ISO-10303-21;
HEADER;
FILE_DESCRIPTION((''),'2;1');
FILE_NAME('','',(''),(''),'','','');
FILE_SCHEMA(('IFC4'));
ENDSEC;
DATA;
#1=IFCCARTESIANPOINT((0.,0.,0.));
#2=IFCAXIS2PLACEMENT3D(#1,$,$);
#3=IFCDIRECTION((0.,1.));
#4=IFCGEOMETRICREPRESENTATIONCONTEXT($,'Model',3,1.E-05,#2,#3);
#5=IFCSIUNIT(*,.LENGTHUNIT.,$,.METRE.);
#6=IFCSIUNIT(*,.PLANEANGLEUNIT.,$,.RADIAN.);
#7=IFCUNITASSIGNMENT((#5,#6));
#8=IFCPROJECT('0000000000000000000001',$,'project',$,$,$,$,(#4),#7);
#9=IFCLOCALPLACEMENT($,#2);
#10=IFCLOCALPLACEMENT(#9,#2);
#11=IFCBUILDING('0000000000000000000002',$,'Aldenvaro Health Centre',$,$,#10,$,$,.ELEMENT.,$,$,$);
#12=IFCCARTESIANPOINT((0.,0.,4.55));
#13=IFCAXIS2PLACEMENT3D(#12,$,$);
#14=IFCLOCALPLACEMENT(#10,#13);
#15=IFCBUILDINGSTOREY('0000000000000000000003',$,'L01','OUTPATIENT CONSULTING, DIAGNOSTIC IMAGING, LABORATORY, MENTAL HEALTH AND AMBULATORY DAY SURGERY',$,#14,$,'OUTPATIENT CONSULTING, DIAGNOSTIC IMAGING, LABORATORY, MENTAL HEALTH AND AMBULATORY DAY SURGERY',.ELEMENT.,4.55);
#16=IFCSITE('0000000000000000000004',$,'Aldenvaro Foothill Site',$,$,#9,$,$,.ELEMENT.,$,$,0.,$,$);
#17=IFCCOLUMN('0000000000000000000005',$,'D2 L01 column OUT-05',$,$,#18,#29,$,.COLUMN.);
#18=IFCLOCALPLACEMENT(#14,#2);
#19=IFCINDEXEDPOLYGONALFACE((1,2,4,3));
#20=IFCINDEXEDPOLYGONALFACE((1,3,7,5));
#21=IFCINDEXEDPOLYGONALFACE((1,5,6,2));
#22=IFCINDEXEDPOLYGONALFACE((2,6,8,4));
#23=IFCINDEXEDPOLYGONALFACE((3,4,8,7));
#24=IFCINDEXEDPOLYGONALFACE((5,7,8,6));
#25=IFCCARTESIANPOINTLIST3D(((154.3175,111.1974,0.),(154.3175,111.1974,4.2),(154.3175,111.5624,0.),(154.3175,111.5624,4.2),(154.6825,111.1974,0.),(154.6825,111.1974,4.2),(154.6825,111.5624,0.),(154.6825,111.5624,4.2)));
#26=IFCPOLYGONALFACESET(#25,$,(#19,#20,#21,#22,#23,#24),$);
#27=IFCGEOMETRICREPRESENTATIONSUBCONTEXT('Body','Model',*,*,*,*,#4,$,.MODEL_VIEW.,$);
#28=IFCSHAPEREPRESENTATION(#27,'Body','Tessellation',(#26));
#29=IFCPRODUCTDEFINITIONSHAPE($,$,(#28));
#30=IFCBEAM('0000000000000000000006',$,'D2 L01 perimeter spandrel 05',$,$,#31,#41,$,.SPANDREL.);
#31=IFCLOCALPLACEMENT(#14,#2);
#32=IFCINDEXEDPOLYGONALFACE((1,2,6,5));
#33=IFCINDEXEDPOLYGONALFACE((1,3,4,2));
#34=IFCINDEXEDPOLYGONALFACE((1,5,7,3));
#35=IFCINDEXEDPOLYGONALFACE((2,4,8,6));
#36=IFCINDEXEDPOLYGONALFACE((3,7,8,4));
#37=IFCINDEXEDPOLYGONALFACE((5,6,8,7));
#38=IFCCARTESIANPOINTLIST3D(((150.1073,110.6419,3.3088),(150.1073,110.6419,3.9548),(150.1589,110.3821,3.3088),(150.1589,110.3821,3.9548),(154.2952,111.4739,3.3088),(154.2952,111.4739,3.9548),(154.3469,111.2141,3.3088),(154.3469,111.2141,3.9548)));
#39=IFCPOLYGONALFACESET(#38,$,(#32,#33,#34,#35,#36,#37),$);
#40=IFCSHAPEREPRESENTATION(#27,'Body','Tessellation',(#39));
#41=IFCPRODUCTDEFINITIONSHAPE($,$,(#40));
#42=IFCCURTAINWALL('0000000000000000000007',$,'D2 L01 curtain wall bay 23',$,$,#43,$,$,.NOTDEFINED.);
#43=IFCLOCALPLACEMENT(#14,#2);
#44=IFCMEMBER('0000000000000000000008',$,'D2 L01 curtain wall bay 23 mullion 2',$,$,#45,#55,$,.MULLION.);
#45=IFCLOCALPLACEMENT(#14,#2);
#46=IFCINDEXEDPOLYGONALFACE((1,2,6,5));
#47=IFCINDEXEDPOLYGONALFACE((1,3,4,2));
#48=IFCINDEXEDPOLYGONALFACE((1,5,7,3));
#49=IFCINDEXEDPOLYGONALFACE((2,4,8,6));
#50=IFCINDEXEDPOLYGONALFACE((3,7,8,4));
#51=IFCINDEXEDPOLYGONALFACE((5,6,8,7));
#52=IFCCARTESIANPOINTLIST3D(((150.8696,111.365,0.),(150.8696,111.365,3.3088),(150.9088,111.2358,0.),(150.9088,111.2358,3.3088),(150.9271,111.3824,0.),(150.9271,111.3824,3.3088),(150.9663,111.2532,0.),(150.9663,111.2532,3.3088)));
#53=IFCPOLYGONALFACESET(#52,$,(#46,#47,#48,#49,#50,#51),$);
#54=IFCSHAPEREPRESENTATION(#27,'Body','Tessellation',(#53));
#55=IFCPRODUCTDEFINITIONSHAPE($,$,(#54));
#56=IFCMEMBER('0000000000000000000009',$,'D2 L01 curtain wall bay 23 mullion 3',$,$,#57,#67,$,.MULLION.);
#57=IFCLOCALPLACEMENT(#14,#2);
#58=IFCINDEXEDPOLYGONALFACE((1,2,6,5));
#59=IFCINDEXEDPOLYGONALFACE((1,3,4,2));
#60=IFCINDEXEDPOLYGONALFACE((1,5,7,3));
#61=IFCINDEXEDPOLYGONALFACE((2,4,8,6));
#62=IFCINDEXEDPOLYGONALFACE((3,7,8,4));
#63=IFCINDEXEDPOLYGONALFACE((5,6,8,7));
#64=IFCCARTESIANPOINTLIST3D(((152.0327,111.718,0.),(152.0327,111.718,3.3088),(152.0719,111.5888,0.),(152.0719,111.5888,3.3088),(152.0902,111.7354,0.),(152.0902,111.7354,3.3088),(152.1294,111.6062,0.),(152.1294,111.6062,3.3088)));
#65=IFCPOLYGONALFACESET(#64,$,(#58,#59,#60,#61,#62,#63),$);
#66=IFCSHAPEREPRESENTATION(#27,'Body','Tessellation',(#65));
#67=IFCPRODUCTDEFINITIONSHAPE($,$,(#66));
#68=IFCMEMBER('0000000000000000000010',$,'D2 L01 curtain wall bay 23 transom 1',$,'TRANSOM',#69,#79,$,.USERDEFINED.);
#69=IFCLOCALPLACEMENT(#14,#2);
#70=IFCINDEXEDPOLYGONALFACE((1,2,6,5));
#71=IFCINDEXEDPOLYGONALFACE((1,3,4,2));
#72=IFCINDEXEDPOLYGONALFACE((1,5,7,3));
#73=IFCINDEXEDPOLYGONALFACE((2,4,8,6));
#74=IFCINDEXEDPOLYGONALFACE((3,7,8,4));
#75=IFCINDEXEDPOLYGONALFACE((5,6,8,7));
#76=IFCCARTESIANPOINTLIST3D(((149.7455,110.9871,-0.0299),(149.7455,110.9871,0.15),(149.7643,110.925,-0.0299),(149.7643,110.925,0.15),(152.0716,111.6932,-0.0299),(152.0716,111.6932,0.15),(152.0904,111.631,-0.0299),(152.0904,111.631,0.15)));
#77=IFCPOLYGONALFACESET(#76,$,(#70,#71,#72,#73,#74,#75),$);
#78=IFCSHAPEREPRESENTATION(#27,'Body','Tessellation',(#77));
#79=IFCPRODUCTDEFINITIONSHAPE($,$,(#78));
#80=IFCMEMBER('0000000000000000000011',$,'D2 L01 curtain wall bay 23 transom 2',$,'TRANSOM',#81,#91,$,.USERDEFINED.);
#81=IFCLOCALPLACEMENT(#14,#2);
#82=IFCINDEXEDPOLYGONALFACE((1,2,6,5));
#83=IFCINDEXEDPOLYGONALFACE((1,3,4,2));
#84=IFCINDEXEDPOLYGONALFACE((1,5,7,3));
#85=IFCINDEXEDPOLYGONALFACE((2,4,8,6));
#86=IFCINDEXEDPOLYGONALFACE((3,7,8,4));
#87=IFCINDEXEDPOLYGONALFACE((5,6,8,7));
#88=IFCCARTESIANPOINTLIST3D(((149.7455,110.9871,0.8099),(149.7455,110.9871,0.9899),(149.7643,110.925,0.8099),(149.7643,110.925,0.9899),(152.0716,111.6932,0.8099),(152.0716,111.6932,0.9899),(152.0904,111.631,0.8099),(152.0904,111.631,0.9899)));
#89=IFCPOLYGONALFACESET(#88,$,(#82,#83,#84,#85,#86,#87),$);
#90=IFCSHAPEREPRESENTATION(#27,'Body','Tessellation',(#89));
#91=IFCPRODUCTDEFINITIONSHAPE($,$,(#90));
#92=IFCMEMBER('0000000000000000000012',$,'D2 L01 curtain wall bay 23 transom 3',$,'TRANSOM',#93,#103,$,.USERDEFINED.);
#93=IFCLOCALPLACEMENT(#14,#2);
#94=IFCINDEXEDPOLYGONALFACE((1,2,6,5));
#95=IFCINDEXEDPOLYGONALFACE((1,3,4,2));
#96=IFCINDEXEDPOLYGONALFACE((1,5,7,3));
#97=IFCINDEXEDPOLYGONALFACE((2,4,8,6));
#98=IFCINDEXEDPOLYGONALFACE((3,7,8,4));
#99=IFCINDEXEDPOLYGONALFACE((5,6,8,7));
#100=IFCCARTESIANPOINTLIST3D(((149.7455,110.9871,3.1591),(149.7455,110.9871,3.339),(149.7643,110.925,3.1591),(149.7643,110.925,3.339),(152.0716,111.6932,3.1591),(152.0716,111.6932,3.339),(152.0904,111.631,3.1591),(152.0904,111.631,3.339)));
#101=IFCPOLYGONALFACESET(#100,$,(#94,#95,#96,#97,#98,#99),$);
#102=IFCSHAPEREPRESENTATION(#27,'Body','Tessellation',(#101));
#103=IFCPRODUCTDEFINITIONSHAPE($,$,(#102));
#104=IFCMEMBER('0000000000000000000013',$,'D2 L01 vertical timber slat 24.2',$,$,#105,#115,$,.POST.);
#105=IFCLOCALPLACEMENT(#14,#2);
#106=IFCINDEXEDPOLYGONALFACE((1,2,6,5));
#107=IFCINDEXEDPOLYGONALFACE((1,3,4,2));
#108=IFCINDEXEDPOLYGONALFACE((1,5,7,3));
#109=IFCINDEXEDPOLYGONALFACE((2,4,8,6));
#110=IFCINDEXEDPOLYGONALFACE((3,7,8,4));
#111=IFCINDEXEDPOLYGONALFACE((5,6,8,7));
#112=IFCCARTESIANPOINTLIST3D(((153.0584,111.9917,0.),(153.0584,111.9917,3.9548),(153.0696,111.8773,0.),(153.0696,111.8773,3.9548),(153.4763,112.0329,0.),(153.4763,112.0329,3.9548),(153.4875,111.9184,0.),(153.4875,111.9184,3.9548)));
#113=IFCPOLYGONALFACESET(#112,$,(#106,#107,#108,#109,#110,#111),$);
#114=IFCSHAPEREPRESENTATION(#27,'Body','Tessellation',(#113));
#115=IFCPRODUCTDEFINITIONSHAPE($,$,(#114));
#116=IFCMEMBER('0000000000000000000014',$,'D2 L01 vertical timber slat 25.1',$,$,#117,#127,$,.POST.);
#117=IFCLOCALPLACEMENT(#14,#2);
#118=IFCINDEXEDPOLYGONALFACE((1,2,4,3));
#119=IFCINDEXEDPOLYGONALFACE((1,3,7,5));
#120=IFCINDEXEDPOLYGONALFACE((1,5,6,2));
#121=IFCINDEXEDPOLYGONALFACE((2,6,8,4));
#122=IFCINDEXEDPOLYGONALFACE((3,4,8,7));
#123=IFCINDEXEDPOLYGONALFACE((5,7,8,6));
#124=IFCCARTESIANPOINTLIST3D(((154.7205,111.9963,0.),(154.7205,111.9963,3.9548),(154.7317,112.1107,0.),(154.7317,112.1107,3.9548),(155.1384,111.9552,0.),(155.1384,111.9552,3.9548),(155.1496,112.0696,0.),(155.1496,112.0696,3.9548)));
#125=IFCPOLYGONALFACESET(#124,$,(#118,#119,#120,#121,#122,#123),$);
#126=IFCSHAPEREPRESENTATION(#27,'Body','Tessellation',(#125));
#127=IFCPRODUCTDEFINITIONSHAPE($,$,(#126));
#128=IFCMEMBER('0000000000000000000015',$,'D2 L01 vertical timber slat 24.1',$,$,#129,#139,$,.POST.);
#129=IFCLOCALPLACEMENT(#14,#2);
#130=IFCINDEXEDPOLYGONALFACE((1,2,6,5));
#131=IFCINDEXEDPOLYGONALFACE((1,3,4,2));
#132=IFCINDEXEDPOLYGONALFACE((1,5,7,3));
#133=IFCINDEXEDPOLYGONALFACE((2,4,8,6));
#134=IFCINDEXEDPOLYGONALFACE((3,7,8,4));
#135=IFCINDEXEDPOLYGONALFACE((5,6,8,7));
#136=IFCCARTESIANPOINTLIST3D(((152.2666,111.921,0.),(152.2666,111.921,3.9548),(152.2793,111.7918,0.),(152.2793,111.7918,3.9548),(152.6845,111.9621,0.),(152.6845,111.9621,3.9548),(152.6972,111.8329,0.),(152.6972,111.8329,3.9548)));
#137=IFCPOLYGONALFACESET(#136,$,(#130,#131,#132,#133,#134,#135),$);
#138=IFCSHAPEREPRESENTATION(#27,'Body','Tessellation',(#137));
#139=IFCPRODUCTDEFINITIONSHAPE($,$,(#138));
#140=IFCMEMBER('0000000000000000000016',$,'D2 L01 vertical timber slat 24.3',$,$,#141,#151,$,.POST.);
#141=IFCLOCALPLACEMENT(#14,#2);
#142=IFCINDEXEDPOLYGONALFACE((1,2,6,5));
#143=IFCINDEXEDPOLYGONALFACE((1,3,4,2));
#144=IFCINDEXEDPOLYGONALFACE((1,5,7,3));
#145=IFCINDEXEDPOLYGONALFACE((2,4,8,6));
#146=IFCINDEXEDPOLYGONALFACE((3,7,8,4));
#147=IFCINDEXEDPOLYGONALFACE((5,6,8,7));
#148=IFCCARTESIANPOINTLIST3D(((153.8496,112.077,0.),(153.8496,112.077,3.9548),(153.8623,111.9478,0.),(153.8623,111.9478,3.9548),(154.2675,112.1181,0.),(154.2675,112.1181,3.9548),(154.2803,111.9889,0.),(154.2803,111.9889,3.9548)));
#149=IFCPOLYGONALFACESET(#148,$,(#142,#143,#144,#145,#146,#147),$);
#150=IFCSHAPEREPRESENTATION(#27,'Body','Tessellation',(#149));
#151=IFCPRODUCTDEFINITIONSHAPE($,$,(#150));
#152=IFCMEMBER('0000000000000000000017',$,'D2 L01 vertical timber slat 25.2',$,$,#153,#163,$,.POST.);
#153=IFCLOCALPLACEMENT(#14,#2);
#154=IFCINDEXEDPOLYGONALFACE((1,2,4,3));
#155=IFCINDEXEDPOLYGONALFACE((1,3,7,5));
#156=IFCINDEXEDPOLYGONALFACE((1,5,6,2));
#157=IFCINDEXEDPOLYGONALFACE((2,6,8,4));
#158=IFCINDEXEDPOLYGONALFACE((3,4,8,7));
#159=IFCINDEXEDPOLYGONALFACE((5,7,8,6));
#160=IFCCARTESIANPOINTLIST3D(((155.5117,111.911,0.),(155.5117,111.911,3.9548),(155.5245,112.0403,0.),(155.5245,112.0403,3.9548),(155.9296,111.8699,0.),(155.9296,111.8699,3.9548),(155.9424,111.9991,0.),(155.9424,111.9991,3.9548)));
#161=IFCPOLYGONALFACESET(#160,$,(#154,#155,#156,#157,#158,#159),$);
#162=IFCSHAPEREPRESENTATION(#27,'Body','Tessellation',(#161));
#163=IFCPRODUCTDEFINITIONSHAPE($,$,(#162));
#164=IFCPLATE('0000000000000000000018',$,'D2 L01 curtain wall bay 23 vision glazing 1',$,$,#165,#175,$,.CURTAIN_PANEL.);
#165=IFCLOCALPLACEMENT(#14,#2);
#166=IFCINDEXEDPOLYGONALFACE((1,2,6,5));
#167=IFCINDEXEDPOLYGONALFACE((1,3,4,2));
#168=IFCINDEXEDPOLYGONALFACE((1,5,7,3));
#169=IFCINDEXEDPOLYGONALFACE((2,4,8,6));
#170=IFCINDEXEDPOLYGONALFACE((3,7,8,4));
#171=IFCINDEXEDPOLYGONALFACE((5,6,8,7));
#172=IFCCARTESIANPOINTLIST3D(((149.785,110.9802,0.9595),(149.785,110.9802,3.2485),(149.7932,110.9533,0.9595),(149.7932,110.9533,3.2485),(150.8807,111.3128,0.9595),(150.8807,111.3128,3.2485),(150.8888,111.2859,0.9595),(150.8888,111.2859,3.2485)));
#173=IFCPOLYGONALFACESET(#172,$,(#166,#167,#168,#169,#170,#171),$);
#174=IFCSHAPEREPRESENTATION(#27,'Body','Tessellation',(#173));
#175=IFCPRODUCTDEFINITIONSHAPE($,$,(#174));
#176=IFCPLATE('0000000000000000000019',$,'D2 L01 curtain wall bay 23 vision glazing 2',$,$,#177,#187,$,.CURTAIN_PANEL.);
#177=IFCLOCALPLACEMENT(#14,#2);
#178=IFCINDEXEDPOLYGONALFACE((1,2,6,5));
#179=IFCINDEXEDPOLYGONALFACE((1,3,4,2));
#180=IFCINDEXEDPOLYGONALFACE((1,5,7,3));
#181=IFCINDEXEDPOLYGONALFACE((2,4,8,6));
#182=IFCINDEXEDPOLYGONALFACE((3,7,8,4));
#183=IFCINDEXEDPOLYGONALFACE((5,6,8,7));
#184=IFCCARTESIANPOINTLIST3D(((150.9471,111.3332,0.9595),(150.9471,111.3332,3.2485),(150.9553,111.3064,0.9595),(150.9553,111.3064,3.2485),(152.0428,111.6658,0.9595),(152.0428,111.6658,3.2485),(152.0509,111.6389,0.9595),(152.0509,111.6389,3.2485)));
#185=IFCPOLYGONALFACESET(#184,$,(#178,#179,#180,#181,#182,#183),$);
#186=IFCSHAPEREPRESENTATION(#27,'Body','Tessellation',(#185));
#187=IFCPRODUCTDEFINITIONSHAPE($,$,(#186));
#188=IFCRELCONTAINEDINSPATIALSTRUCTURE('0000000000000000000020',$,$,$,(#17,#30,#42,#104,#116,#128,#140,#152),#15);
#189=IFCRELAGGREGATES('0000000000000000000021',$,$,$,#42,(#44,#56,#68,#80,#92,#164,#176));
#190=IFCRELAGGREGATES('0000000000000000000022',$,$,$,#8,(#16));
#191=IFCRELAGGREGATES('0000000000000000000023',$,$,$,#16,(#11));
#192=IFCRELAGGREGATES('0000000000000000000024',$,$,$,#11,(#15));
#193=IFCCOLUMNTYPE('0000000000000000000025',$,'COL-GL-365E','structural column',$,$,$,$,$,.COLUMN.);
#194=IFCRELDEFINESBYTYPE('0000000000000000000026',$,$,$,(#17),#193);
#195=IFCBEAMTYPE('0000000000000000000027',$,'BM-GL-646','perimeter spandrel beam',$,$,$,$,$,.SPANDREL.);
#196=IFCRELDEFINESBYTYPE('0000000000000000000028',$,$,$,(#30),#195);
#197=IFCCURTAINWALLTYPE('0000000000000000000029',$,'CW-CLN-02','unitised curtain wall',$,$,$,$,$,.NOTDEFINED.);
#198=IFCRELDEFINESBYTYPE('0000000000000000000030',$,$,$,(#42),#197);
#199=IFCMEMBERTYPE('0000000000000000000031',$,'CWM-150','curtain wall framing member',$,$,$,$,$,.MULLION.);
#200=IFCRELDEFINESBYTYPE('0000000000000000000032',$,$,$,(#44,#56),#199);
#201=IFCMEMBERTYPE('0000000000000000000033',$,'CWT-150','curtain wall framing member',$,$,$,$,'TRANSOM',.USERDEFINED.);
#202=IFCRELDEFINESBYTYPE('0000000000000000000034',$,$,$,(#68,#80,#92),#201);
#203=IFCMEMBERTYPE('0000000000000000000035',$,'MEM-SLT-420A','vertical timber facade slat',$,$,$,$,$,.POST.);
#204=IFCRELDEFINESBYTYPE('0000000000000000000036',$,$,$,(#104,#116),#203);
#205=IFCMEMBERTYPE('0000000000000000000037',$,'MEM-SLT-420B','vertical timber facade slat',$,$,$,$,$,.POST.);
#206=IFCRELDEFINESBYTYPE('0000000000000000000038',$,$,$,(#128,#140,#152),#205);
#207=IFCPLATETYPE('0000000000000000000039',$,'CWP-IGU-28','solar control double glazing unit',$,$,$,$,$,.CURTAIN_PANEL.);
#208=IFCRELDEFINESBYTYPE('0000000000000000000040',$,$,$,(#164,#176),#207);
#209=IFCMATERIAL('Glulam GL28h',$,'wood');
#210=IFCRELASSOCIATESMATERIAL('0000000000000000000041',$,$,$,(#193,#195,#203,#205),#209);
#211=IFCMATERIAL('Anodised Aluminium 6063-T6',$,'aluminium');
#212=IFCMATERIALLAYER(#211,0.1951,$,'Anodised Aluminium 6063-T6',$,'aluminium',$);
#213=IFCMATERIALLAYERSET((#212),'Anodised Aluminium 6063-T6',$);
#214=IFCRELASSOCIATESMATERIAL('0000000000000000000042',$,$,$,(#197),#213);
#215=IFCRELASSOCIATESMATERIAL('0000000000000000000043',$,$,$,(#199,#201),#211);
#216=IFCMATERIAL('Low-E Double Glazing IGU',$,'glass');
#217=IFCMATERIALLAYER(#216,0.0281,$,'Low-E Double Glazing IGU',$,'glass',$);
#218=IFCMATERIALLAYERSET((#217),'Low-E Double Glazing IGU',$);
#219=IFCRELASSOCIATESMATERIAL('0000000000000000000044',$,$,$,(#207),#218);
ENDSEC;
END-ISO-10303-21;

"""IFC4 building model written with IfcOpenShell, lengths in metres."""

from ifc_helpers import new_model, si_unit, direction, frame, origin, origin_2d, place, context, subcontext, project, spatial, rectangle, extrude, material, layer, layer_set, material_profile, profile_set, type_object, element, aggregate, save


model = new_model("IFC4")

# Units and contexts
model_context = context("Model", 3, precision=1e-05, world=origin(), true_north=direction((0.0, 1.0)))
body_context = subcontext(model_context, "Body", "Model", "MODEL_VIEW")
ifc_project = project(units=[si_unit("LENGTHUNIT", "METRE"), si_unit("PLANEANGLEUNIT", "RADIAN")], contexts=[model_context])

# Site, building, storey
site_placement = place(None, origin())
site = spatial("IfcSite", under=ifc_project, at=site_placement, Name="Aldenvaro Foothill Site", CompositionType="ELEMENT", RefElevation=0.0)
building_placement = place(site_placement, origin())
building = spatial("IfcBuilding", under=site, at=building_placement, Name="Aldenvaro Health Centre", CompositionType="ELEMENT")
storey_placement = place(building_placement, frame((0.0, 0.0, 4.55)))
storey = spatial("IfcBuildingStorey", under=building, at=storey_placement, Name="L01", Description="OUTPATIENT CONSULTING, DIAGNOSTIC IMAGING, LABORATORY, MENTAL HEALTH AND AMBULATORY DAY SURGERY", LongName="OUTPATIENT CONSULTING, DIAGNOSTIC IMAGING, LABORATORY, MENTAL HEALTH AND AMBULATORY DAY SURGERY", CompositionType="ELEMENT", Elevation=4.55)

# Column
ifc_material_1 = material(Name="Glulam GL28h", Category="wood")
ifc_material_profile_1 = material_profile(ifc_material_1, rectangle(XDim=0.365, YDim=0.365, at=origin_2d()), Name="GL 365x365", Category="wood")
ifc_profile_set_1 = profile_set([ifc_material_profile_1], Name="Glulam GL28h")
column_type = type_object("IfcColumnType", Name="COL-GL-365E", Description="structural column", PredefinedType="COLUMN", material=ifc_profile_set_1)
column_placement = place(storey_placement, frame((154.5, 111.3799, 0.0), z_axis=(0.0, 0.0, 1.0), x_axis=(1.0, 0.0, 0.0)))
element("IfcColumn", 1, at=column_placement, inside=storey, type_object=column_type, Name="D2 L01 column OUT-05", PredefinedType="COLUMN", context=body_context, shape_type="SweptSolid", body=[
    extrude(rectangle(XDim=0.365, YDim=0.365, at=origin_2d()), origin(), (0.0, 0.0, 1.0), 4.2),
])

# Beam
ifc_material_profile_2 = material_profile(ifc_material_1, rectangle(XDim=0.2649, YDim=0.646, at=origin_2d()), Name="GL 265x646", Category="wood")
ifc_profile_set_2 = profile_set([ifc_material_profile_2], Name="Glulam GL28h")
beam_type = type_object("IfcBeamType", Name="BM-GL-646", Description="perimeter spandrel beam", PredefinedType="SPANDREL", material=ifc_profile_set_2)
beam_placement = place(storey_placement, frame((154.321, 111.344, 3.6318), z_axis=(-0.980831, -0.194862, 0.0), x_axis=(0.194862, -0.980831, 0.0)))
element("IfcBeam", 2, at=beam_placement, inside=storey, type_object=beam_type, Name="D2 L01 perimeter spandrel 05", PredefinedType="SPANDREL", context=body_context, shape_type="SweptSolid", body=[
    extrude(rectangle(XDim=0.2649, YDim=0.646, at=origin_2d()), origin(), (0.0, 0.0, 1.0), 4.2698),
])

# Curtain wall, members
ifc_material_2 = material(Name="Anodised Aluminium 6063-T6", Category="aluminium")
ifc_layer_1 = layer(ifc_material_2, 0.1951, Name="Anodised Aluminium 6063-T6", Category="aluminium")
ifc_layer_set_1 = layer_set([ifc_layer_1], Name="Anodised Aluminium 6063-T6")
curtain_wall_type = type_object("IfcCurtainWallType", Name="CW-CLN-02", Description="unitised curtain wall", PredefinedType="NOTDEFINED", material=ifc_layer_set_1)
curtain_wall_placement = place(storey_placement, origin())
curtain_wall = element("IfcCurtainWall", 3, at=curtain_wall_placement, inside=storey, type_object=curtain_wall_type, Name="D2 L01 curtain wall bay 23", PredefinedType="NOTDEFINED")
ifc_material_profile_3 = material_profile(ifc_material_2, rectangle(XDim=0.0601, YDim=0.135, at=origin_2d()), Name="ALU 60x135", Category="aluminium")
ifc_profile_set_3 = profile_set([ifc_material_profile_3], Name="Anodised Aluminium 6063-T6")
member_type_1 = type_object("IfcMemberType", Name="CWM-150", Description="curtain wall framing member", PredefinedType="MULLION", material=ifc_profile_set_3)
member_1_placement = place(storey_placement, frame((150.918, 111.3091, 0.0), z_axis=(0.0, 0.0, 1.0), x_axis=(0.956893, 0.290441, 0.0)))
member_1 = element("IfcMember", 4, at=member_1_placement, type_object=member_type_1, Name="D2 L01 curtain wall bay 23 mullion 2", PredefinedType="MULLION", context=body_context, shape_type="SweptSolid", body=[
    extrude(rectangle(XDim=0.0601, YDim=0.135, at=origin_2d()), origin(), (0.0, 0.0, 1.0), 3.3088),
])
member_2_placement = place(storey_placement, frame((152.0811, 111.6621, 0.0), z_axis=(0.0, 0.0, 1.0), x_axis=(0.956893, 0.290441, 0.0)))
member_2 = element("IfcMember", 5, at=member_2_placement, type_object=member_type_1, Name="D2 L01 curtain wall bay 23 mullion 3", PredefinedType="MULLION", context=body_context, shape_type="SweptSolid", body=[
    extrude(rectangle(XDim=0.0601, YDim=0.135, at=origin_2d()), origin(), (0.0, 0.0, 1.0), 3.3088),
])
ifc_material_profile_4 = material_profile(ifc_material_2, rectangle(XDim=0.0649, YDim=0.1799, at=origin_2d()), Name="ALU 65x180", Category="aluminium")
ifc_profile_set_4 = profile_set([ifc_material_profile_4], Name="Anodised Aluminium 6063-T6")
member_type_2 = type_object("IfcMemberType", Name="CWT-150", Description="curtain wall framing member", ElementType="TRANSOM", PredefinedType="USERDEFINED", material=ifc_profile_set_4)
member_3_placement = place(storey_placement, frame((149.7549, 110.9561, 0.0601), z_axis=(0.956893, 0.290442, 0.0), x_axis=(-0.290442, 0.956893, 0.0)))
member_3 = element("IfcMember", 6, at=member_3_placement, type_object=member_type_2, Name="D2 L01 curtain wall bay 23 transom 1", ObjectType="TRANSOM", PredefinedType="USERDEFINED", context=body_context, shape_type="SweptSolid", body=[
    extrude(rectangle(XDim=0.0649, YDim=0.1799, at=origin_2d()), origin(), (0.0, 0.0, 1.0), 2.4309),
])
member_4_placement = place(storey_placement, frame((149.7549, 110.9561, 0.8999), z_axis=(0.956893, 0.290442, 0.0), x_axis=(-0.290442, 0.956893, 0.0)))
member_4 = element("IfcMember", 7, at=member_4_placement, type_object=member_type_2, Name="D2 L01 curtain wall bay 23 transom 2", ObjectType="TRANSOM", PredefinedType="USERDEFINED", context=body_context, shape_type="SweptSolid", body=[
    extrude(rectangle(XDim=0.0649, YDim=0.1799, at=origin_2d()), origin(), (0.0, 0.0, 1.0), 2.4309),
])
member_5_placement = place(storey_placement, frame((149.7549, 110.9561, 3.249), z_axis=(0.956893, 0.290442, 0.0), x_axis=(-0.290442, 0.956893, 0.0)))
member_5 = element("IfcMember", 8, at=member_5_placement, type_object=member_type_2, Name="D2 L01 curtain wall bay 23 transom 3", ObjectType="TRANSOM", PredefinedType="USERDEFINED", context=body_context, shape_type="SweptSolid", body=[
    extrude(rectangle(XDim=0.0649, YDim=0.1799, at=origin_2d()), origin(), (0.0, 0.0, 1.0), 2.4309),
])

# Members
ifc_material_profile_5 = material_profile(ifc_material_1, rectangle(XDim=0.115, YDim=0.4199, at=origin_2d()), Name="GL 115x420", Category="wood")
ifc_profile_set_5 = profile_set([ifc_material_profile_5], Name="Glulam GL28h")
member_type_3 = type_object("IfcMemberType", Name="MEM-SLT-420A", Description="vertical timber facade slat", PredefinedType="POST", material=ifc_profile_set_5)
for number, where, z_axis, x_axis, name in (
    (9, (153.2729, 111.9551, 0.0), (0.0, 0.0, 1.0), (-0.097915, 0.995195, 0.0), "D2 L01 vertical timber slat 24.2"),
    (10, (154.9351, 112.033, 0.0), (0.0, 0.0, 1.0), (0.097915, 0.995195, 0.0), "D2 L01 vertical timber slat 25.1"),
):
    element("IfcMember", number, at=place(storey_placement, frame(where, z_axis=z_axis, x_axis=x_axis)), inside=storey, type_object=member_type_3, Name=name, PredefinedType="POST", context=body_context, shape_type="SweptSolid", body=[
        extrude(rectangle(XDim=0.115, YDim=0.4199, at=origin_2d()), origin(), (0.0, 0.0, 1.0), 3.9548),
    ])
ifc_material_profile_6 = material_profile(ifc_material_1, rectangle(XDim=0.1299, YDim=0.4199, at=origin_2d()), Name="GL 130x420", Category="wood")
ifc_profile_set_6 = profile_set([ifc_material_profile_6], Name="Glulam GL28h")
member_type_4 = type_object("IfcMemberType", Name="MEM-SLT-420B", Description="vertical timber facade slat", PredefinedType="POST", material=ifc_profile_set_6)
for number, where, z_axis, x_axis, name in (
    (11, (152.4819, 111.877, 0.0), (0.0, 0.0, 1.0), (-0.097915, 0.995195, 0.0), "D2 L01 vertical timber slat 24.1"),
    (12, (154.0649, 112.033, 0.0), (0.0, 0.0, 1.0), (-0.097915, 0.995195, 0.0), "D2 L01 vertical timber slat 24.3"),
    (13, (155.7271, 111.9551, 0.0), (0.0, 0.0, 1.0), (0.097915, 0.995195, 0.0), "D2 L01 vertical timber slat 25.2"),
):
    element("IfcMember", number, at=place(storey_placement, frame(where, z_axis=z_axis, x_axis=x_axis)), inside=storey, type_object=member_type_4, Name=name, PredefinedType="POST", context=body_context, shape_type="SweptSolid", body=[
        extrude(rectangle(XDim=0.1299, YDim=0.4199, at=origin_2d()), origin(), (0.0, 0.0, 1.0), 3.9548),
    ])

# Plates
ifc_material_3 = material(Name="Low-E Double Glazing IGU", Category="glass")
ifc_layer_2 = layer(ifc_material_3, 0.0281, Name="Low-E Double Glazing IGU", Category="glass")
ifc_layer_set_2 = layer_set([ifc_layer_2], Name="Low-E Double Glazing IGU")
plate_type_1 = type_object("IfcPlateType", Name="CWP-IGU-28", Description="solar control double glazing unit", PredefinedType="CURTAIN_PANEL", material=ifc_layer_set_2)
plate_1_placement = place(storey_placement, frame((150.3369, 111.1331, 0.9595), z_axis=(0.0, 0.0, 1.0), x_axis=(0.956893, 0.290441, 0.0)))
plate_1 = element("IfcPlate", 14, at=plate_1_placement, type_object=plate_type_1, Name="D2 L01 curtain wall bay 23 vision glazing 1", PredefinedType="CURTAIN_PANEL", context=body_context, shape_type="SweptSolid", body=[
    extrude(rectangle(XDim=1.145, YDim=0.0281, at=origin_2d()), origin(), (0.0, 0.0, 1.0), 2.2891),
])
plate_2_placement = place(storey_placement, frame((151.499, 111.4861, 0.9595), z_axis=(0.0, 0.0, 1.0), x_axis=(0.956893, 0.290441, 0.0)))
plate_2 = element("IfcPlate", 15, at=plate_2_placement, type_object=plate_type_1, Name="D2 L01 curtain wall bay 23 vision glazing 2", PredefinedType="CURTAIN_PANEL", context=body_context, shape_type="SweptSolid", body=[
    extrude(rectangle(XDim=1.145, YDim=0.0281, at=origin_2d()), origin(), (0.0, 0.0, 1.0), 2.2891),
])
aggregate(curtain_wall, [member_1, member_2, member_3, member_4, member_5, plate_1, plate_2])

save(model, "model.ifc")
